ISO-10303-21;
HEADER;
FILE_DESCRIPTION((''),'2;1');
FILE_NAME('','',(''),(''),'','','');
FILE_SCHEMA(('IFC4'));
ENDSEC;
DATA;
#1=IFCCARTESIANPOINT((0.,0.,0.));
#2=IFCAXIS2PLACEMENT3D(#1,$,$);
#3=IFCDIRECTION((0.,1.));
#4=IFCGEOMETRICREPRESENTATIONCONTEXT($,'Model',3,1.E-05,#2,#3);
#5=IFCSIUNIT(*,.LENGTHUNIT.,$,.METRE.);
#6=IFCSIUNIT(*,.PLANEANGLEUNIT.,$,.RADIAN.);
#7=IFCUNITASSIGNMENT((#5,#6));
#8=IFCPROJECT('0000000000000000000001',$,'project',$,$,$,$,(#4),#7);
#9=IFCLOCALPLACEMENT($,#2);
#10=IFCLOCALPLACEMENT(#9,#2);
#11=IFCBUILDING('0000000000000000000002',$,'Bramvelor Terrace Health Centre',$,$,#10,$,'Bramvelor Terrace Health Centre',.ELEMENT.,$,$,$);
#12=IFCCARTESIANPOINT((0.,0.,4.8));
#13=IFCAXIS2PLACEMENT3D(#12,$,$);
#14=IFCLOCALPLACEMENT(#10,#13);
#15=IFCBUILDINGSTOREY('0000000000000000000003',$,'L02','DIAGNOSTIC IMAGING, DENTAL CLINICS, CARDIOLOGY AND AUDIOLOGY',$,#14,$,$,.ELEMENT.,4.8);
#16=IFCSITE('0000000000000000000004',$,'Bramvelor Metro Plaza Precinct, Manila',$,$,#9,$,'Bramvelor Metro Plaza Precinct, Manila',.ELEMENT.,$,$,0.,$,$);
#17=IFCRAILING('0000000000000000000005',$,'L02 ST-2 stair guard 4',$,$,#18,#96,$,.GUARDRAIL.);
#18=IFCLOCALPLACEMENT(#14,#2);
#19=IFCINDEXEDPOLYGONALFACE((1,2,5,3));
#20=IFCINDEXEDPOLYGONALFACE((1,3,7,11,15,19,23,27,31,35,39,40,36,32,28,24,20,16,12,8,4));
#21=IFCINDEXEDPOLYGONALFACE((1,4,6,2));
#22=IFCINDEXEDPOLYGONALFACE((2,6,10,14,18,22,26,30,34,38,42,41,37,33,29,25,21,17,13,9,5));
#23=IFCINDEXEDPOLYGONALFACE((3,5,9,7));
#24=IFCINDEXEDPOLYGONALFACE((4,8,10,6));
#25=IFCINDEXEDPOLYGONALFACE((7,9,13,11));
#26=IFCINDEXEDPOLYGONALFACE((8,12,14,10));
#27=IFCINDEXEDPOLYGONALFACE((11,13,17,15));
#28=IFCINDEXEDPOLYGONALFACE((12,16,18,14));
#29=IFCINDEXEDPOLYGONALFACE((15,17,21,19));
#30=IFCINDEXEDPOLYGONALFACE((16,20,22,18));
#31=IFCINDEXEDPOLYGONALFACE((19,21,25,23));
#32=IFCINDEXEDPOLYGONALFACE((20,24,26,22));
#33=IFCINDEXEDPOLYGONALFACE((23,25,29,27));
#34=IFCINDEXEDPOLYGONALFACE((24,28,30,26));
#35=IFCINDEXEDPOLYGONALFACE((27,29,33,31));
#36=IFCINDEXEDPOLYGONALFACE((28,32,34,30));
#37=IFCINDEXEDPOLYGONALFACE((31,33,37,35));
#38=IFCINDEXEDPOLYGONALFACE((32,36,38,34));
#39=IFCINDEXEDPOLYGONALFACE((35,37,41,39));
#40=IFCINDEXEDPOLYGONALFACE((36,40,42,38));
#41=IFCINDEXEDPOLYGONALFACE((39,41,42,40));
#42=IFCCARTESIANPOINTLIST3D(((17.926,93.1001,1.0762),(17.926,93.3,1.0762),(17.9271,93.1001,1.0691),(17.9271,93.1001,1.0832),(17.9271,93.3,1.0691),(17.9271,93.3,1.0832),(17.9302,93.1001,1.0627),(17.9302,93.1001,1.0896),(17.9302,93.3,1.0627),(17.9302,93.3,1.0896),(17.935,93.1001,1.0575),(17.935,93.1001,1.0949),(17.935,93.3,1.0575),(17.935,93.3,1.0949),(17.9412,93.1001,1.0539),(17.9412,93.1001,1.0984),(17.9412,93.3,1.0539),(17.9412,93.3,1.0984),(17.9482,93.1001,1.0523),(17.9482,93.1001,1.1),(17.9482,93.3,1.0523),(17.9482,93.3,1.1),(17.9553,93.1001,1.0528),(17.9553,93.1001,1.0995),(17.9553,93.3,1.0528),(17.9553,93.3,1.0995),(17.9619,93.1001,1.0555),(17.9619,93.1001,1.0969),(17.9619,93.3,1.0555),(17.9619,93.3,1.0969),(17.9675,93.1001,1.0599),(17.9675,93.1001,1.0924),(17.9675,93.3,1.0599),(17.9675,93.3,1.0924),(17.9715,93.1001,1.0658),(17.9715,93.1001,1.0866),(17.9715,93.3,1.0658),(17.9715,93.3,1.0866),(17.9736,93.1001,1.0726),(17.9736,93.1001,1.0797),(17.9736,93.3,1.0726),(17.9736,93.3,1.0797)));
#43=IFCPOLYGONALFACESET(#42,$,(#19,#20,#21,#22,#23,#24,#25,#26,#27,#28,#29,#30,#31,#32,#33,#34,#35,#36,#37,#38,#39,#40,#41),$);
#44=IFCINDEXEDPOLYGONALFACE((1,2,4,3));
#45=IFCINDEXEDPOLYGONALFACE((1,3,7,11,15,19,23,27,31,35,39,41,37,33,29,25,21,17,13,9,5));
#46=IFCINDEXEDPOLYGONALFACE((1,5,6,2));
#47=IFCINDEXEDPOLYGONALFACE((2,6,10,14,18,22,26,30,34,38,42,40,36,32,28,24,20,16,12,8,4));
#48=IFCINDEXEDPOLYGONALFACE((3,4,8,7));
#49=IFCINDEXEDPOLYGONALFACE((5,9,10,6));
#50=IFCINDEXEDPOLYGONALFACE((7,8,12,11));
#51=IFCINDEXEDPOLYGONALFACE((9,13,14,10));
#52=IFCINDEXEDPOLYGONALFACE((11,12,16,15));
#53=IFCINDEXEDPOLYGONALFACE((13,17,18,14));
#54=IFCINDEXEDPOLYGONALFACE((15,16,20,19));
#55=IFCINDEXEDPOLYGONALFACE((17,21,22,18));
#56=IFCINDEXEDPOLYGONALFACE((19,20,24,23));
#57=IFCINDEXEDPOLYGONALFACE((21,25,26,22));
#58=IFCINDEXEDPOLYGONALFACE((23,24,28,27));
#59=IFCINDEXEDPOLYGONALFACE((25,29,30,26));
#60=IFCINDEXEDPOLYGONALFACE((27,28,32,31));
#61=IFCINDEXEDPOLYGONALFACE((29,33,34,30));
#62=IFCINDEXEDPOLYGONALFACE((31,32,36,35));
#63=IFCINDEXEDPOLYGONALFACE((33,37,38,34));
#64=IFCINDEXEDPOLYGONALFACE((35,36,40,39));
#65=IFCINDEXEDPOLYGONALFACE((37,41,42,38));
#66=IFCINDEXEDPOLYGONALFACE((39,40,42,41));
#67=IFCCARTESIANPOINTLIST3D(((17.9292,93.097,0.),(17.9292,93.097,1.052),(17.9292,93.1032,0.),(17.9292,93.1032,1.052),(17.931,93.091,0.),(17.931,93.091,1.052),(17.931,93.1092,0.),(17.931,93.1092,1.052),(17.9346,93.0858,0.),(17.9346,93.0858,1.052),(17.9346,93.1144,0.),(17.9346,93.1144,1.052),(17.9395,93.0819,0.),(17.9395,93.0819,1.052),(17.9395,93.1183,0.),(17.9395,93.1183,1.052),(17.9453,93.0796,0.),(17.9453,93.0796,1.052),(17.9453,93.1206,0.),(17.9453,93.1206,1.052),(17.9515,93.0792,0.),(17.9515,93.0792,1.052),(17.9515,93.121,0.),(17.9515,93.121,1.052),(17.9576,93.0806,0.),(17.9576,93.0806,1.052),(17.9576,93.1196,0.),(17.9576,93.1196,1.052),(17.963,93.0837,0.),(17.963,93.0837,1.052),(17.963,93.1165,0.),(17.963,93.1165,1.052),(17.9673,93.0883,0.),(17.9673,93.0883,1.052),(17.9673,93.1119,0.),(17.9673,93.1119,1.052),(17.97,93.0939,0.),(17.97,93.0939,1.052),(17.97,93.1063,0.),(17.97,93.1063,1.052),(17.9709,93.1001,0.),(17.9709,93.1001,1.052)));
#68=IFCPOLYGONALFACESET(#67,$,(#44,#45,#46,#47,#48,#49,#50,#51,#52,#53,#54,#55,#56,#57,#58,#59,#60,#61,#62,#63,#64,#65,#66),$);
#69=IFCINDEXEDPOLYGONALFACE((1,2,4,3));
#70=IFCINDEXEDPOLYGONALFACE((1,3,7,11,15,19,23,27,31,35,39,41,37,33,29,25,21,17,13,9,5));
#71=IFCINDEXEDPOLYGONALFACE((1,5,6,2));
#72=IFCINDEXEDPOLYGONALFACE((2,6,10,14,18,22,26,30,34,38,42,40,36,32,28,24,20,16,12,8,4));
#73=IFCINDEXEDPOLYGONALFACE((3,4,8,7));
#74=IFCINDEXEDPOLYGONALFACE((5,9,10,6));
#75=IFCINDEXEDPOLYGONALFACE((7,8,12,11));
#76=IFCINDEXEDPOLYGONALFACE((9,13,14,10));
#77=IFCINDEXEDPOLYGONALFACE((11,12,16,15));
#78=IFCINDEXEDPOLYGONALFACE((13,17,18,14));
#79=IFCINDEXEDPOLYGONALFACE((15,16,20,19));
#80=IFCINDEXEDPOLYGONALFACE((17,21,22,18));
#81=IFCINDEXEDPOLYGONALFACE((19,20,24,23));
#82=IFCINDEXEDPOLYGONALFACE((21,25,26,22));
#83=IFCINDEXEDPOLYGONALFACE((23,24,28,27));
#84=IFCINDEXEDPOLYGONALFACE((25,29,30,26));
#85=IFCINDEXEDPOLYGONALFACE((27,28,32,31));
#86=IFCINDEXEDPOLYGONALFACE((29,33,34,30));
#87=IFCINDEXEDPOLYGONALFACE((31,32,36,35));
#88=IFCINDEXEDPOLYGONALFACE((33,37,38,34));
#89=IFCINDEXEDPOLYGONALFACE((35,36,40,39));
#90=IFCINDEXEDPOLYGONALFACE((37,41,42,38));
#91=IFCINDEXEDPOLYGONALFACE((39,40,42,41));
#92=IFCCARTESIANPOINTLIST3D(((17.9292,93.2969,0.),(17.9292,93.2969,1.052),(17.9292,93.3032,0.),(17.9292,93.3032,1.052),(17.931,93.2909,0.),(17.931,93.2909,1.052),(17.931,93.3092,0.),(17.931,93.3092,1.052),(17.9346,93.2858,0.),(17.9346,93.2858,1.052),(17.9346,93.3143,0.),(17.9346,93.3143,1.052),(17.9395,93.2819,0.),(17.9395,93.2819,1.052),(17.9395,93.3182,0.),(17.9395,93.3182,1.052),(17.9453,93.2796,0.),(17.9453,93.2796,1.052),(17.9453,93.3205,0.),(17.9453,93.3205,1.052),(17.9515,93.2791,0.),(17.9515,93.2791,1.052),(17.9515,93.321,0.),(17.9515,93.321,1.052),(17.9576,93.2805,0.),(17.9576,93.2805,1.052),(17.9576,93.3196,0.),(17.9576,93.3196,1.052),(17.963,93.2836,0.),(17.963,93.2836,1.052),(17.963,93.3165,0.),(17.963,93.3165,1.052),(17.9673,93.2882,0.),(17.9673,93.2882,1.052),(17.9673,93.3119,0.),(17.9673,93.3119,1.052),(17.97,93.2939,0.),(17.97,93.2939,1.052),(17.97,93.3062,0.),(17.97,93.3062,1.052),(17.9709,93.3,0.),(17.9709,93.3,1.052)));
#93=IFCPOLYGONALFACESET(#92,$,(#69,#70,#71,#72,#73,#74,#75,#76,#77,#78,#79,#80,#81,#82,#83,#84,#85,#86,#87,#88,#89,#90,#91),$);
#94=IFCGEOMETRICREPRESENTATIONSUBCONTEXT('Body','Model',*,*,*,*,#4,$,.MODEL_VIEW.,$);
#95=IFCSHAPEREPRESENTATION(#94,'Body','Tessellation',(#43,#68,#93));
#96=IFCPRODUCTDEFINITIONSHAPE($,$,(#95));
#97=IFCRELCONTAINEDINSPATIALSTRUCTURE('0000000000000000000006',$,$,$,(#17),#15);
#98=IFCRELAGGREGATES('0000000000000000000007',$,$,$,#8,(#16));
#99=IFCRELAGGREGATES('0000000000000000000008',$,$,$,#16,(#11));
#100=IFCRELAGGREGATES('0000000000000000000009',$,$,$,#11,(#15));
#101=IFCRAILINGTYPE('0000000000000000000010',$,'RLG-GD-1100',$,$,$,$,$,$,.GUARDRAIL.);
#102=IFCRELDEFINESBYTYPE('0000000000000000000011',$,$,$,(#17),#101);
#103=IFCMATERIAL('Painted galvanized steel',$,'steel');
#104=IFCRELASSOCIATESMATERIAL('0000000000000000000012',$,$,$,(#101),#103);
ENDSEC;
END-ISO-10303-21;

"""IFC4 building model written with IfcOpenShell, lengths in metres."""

from ifc_helpers import new_model, si_unit, direction, frame, origin, origin_2d, place, context, subcontext, project, spatial, circle, extrude, material, type_object, element, save


model = new_model("IFC4")

# Units and contexts
model_context = context("Model", 3, precision=1e-05, world=origin(), true_north=direction((0.0, 1.0)))
body_context = subcontext(model_context, "Body", "Model", "MODEL_VIEW")
ifc_project = project(units=[si_unit("LENGTHUNIT", "METRE"), si_unit("PLANEANGLEUNIT", "RADIAN")], contexts=[model_context])

# Site, building, storey
site_placement = place(None, origin())
site = spatial("IfcSite", under=ifc_project, at=site_placement, Name="Bramvelor Metro Plaza Precinct, Manila", LongName="Bramvelor Metro Plaza Precinct, Manila", CompositionType="ELEMENT", RefElevation=0.0)
building_placement = place(site_placement, origin())
building = spatial("IfcBuilding", under=site, at=building_placement, Name="Bramvelor Terrace Health Centre", LongName="Bramvelor Terrace Health Centre", CompositionType="ELEMENT")
storey_placement = place(building_placement, frame((0.0, 0.0, 4.8)))
storey = spatial("IfcBuildingStorey", under=building, at=storey_placement, Name="L02", Description="DIAGNOSTIC IMAGING, DENTAL CLINICS, CARDIOLOGY AND AUDIOLOGY", CompositionType="ELEMENT", Elevation=4.8)

# Railing
ifc_material_1 = material(Name="Painted galvanized steel", Category="steel")
railing_type_1 = type_object("IfcRailingType", Name="RLG-GD-1100", PredefinedType="GUARDRAIL", material=ifc_material_1)
railing_1_placement = place(storey_placement, frame((17.95, 93.1001, 0.0)))
element("IfcRailing", 1, at=railing_1_placement, inside=storey, type_object=railing_type_1, Name="L02 ST-2 stair guard 4", PredefinedType="GUARDRAIL", context=body_context, shape_type="SweptSolid", body=[
    extrude(circle(Radius=0.0239, at=origin_2d()), frame((0.0, 0.0, 1.0762), z_axis=(0.0, 1.0, 0.0), x_axis=(-1.0, 0.0, 0.0)), (0.0, 0.0, 1.0), 0.2),
    extrude(circle(Radius=0.021, at=origin_2d()), origin(), (0.0, 0.0, 1.0), 1.052),
    extrude(circle(Radius=0.021, at=origin_2d()), frame((0.0, 0.2, 0.0)), (0.0, 0.0, 1.0), 1.052),
])

save(model, "model.ifc")
